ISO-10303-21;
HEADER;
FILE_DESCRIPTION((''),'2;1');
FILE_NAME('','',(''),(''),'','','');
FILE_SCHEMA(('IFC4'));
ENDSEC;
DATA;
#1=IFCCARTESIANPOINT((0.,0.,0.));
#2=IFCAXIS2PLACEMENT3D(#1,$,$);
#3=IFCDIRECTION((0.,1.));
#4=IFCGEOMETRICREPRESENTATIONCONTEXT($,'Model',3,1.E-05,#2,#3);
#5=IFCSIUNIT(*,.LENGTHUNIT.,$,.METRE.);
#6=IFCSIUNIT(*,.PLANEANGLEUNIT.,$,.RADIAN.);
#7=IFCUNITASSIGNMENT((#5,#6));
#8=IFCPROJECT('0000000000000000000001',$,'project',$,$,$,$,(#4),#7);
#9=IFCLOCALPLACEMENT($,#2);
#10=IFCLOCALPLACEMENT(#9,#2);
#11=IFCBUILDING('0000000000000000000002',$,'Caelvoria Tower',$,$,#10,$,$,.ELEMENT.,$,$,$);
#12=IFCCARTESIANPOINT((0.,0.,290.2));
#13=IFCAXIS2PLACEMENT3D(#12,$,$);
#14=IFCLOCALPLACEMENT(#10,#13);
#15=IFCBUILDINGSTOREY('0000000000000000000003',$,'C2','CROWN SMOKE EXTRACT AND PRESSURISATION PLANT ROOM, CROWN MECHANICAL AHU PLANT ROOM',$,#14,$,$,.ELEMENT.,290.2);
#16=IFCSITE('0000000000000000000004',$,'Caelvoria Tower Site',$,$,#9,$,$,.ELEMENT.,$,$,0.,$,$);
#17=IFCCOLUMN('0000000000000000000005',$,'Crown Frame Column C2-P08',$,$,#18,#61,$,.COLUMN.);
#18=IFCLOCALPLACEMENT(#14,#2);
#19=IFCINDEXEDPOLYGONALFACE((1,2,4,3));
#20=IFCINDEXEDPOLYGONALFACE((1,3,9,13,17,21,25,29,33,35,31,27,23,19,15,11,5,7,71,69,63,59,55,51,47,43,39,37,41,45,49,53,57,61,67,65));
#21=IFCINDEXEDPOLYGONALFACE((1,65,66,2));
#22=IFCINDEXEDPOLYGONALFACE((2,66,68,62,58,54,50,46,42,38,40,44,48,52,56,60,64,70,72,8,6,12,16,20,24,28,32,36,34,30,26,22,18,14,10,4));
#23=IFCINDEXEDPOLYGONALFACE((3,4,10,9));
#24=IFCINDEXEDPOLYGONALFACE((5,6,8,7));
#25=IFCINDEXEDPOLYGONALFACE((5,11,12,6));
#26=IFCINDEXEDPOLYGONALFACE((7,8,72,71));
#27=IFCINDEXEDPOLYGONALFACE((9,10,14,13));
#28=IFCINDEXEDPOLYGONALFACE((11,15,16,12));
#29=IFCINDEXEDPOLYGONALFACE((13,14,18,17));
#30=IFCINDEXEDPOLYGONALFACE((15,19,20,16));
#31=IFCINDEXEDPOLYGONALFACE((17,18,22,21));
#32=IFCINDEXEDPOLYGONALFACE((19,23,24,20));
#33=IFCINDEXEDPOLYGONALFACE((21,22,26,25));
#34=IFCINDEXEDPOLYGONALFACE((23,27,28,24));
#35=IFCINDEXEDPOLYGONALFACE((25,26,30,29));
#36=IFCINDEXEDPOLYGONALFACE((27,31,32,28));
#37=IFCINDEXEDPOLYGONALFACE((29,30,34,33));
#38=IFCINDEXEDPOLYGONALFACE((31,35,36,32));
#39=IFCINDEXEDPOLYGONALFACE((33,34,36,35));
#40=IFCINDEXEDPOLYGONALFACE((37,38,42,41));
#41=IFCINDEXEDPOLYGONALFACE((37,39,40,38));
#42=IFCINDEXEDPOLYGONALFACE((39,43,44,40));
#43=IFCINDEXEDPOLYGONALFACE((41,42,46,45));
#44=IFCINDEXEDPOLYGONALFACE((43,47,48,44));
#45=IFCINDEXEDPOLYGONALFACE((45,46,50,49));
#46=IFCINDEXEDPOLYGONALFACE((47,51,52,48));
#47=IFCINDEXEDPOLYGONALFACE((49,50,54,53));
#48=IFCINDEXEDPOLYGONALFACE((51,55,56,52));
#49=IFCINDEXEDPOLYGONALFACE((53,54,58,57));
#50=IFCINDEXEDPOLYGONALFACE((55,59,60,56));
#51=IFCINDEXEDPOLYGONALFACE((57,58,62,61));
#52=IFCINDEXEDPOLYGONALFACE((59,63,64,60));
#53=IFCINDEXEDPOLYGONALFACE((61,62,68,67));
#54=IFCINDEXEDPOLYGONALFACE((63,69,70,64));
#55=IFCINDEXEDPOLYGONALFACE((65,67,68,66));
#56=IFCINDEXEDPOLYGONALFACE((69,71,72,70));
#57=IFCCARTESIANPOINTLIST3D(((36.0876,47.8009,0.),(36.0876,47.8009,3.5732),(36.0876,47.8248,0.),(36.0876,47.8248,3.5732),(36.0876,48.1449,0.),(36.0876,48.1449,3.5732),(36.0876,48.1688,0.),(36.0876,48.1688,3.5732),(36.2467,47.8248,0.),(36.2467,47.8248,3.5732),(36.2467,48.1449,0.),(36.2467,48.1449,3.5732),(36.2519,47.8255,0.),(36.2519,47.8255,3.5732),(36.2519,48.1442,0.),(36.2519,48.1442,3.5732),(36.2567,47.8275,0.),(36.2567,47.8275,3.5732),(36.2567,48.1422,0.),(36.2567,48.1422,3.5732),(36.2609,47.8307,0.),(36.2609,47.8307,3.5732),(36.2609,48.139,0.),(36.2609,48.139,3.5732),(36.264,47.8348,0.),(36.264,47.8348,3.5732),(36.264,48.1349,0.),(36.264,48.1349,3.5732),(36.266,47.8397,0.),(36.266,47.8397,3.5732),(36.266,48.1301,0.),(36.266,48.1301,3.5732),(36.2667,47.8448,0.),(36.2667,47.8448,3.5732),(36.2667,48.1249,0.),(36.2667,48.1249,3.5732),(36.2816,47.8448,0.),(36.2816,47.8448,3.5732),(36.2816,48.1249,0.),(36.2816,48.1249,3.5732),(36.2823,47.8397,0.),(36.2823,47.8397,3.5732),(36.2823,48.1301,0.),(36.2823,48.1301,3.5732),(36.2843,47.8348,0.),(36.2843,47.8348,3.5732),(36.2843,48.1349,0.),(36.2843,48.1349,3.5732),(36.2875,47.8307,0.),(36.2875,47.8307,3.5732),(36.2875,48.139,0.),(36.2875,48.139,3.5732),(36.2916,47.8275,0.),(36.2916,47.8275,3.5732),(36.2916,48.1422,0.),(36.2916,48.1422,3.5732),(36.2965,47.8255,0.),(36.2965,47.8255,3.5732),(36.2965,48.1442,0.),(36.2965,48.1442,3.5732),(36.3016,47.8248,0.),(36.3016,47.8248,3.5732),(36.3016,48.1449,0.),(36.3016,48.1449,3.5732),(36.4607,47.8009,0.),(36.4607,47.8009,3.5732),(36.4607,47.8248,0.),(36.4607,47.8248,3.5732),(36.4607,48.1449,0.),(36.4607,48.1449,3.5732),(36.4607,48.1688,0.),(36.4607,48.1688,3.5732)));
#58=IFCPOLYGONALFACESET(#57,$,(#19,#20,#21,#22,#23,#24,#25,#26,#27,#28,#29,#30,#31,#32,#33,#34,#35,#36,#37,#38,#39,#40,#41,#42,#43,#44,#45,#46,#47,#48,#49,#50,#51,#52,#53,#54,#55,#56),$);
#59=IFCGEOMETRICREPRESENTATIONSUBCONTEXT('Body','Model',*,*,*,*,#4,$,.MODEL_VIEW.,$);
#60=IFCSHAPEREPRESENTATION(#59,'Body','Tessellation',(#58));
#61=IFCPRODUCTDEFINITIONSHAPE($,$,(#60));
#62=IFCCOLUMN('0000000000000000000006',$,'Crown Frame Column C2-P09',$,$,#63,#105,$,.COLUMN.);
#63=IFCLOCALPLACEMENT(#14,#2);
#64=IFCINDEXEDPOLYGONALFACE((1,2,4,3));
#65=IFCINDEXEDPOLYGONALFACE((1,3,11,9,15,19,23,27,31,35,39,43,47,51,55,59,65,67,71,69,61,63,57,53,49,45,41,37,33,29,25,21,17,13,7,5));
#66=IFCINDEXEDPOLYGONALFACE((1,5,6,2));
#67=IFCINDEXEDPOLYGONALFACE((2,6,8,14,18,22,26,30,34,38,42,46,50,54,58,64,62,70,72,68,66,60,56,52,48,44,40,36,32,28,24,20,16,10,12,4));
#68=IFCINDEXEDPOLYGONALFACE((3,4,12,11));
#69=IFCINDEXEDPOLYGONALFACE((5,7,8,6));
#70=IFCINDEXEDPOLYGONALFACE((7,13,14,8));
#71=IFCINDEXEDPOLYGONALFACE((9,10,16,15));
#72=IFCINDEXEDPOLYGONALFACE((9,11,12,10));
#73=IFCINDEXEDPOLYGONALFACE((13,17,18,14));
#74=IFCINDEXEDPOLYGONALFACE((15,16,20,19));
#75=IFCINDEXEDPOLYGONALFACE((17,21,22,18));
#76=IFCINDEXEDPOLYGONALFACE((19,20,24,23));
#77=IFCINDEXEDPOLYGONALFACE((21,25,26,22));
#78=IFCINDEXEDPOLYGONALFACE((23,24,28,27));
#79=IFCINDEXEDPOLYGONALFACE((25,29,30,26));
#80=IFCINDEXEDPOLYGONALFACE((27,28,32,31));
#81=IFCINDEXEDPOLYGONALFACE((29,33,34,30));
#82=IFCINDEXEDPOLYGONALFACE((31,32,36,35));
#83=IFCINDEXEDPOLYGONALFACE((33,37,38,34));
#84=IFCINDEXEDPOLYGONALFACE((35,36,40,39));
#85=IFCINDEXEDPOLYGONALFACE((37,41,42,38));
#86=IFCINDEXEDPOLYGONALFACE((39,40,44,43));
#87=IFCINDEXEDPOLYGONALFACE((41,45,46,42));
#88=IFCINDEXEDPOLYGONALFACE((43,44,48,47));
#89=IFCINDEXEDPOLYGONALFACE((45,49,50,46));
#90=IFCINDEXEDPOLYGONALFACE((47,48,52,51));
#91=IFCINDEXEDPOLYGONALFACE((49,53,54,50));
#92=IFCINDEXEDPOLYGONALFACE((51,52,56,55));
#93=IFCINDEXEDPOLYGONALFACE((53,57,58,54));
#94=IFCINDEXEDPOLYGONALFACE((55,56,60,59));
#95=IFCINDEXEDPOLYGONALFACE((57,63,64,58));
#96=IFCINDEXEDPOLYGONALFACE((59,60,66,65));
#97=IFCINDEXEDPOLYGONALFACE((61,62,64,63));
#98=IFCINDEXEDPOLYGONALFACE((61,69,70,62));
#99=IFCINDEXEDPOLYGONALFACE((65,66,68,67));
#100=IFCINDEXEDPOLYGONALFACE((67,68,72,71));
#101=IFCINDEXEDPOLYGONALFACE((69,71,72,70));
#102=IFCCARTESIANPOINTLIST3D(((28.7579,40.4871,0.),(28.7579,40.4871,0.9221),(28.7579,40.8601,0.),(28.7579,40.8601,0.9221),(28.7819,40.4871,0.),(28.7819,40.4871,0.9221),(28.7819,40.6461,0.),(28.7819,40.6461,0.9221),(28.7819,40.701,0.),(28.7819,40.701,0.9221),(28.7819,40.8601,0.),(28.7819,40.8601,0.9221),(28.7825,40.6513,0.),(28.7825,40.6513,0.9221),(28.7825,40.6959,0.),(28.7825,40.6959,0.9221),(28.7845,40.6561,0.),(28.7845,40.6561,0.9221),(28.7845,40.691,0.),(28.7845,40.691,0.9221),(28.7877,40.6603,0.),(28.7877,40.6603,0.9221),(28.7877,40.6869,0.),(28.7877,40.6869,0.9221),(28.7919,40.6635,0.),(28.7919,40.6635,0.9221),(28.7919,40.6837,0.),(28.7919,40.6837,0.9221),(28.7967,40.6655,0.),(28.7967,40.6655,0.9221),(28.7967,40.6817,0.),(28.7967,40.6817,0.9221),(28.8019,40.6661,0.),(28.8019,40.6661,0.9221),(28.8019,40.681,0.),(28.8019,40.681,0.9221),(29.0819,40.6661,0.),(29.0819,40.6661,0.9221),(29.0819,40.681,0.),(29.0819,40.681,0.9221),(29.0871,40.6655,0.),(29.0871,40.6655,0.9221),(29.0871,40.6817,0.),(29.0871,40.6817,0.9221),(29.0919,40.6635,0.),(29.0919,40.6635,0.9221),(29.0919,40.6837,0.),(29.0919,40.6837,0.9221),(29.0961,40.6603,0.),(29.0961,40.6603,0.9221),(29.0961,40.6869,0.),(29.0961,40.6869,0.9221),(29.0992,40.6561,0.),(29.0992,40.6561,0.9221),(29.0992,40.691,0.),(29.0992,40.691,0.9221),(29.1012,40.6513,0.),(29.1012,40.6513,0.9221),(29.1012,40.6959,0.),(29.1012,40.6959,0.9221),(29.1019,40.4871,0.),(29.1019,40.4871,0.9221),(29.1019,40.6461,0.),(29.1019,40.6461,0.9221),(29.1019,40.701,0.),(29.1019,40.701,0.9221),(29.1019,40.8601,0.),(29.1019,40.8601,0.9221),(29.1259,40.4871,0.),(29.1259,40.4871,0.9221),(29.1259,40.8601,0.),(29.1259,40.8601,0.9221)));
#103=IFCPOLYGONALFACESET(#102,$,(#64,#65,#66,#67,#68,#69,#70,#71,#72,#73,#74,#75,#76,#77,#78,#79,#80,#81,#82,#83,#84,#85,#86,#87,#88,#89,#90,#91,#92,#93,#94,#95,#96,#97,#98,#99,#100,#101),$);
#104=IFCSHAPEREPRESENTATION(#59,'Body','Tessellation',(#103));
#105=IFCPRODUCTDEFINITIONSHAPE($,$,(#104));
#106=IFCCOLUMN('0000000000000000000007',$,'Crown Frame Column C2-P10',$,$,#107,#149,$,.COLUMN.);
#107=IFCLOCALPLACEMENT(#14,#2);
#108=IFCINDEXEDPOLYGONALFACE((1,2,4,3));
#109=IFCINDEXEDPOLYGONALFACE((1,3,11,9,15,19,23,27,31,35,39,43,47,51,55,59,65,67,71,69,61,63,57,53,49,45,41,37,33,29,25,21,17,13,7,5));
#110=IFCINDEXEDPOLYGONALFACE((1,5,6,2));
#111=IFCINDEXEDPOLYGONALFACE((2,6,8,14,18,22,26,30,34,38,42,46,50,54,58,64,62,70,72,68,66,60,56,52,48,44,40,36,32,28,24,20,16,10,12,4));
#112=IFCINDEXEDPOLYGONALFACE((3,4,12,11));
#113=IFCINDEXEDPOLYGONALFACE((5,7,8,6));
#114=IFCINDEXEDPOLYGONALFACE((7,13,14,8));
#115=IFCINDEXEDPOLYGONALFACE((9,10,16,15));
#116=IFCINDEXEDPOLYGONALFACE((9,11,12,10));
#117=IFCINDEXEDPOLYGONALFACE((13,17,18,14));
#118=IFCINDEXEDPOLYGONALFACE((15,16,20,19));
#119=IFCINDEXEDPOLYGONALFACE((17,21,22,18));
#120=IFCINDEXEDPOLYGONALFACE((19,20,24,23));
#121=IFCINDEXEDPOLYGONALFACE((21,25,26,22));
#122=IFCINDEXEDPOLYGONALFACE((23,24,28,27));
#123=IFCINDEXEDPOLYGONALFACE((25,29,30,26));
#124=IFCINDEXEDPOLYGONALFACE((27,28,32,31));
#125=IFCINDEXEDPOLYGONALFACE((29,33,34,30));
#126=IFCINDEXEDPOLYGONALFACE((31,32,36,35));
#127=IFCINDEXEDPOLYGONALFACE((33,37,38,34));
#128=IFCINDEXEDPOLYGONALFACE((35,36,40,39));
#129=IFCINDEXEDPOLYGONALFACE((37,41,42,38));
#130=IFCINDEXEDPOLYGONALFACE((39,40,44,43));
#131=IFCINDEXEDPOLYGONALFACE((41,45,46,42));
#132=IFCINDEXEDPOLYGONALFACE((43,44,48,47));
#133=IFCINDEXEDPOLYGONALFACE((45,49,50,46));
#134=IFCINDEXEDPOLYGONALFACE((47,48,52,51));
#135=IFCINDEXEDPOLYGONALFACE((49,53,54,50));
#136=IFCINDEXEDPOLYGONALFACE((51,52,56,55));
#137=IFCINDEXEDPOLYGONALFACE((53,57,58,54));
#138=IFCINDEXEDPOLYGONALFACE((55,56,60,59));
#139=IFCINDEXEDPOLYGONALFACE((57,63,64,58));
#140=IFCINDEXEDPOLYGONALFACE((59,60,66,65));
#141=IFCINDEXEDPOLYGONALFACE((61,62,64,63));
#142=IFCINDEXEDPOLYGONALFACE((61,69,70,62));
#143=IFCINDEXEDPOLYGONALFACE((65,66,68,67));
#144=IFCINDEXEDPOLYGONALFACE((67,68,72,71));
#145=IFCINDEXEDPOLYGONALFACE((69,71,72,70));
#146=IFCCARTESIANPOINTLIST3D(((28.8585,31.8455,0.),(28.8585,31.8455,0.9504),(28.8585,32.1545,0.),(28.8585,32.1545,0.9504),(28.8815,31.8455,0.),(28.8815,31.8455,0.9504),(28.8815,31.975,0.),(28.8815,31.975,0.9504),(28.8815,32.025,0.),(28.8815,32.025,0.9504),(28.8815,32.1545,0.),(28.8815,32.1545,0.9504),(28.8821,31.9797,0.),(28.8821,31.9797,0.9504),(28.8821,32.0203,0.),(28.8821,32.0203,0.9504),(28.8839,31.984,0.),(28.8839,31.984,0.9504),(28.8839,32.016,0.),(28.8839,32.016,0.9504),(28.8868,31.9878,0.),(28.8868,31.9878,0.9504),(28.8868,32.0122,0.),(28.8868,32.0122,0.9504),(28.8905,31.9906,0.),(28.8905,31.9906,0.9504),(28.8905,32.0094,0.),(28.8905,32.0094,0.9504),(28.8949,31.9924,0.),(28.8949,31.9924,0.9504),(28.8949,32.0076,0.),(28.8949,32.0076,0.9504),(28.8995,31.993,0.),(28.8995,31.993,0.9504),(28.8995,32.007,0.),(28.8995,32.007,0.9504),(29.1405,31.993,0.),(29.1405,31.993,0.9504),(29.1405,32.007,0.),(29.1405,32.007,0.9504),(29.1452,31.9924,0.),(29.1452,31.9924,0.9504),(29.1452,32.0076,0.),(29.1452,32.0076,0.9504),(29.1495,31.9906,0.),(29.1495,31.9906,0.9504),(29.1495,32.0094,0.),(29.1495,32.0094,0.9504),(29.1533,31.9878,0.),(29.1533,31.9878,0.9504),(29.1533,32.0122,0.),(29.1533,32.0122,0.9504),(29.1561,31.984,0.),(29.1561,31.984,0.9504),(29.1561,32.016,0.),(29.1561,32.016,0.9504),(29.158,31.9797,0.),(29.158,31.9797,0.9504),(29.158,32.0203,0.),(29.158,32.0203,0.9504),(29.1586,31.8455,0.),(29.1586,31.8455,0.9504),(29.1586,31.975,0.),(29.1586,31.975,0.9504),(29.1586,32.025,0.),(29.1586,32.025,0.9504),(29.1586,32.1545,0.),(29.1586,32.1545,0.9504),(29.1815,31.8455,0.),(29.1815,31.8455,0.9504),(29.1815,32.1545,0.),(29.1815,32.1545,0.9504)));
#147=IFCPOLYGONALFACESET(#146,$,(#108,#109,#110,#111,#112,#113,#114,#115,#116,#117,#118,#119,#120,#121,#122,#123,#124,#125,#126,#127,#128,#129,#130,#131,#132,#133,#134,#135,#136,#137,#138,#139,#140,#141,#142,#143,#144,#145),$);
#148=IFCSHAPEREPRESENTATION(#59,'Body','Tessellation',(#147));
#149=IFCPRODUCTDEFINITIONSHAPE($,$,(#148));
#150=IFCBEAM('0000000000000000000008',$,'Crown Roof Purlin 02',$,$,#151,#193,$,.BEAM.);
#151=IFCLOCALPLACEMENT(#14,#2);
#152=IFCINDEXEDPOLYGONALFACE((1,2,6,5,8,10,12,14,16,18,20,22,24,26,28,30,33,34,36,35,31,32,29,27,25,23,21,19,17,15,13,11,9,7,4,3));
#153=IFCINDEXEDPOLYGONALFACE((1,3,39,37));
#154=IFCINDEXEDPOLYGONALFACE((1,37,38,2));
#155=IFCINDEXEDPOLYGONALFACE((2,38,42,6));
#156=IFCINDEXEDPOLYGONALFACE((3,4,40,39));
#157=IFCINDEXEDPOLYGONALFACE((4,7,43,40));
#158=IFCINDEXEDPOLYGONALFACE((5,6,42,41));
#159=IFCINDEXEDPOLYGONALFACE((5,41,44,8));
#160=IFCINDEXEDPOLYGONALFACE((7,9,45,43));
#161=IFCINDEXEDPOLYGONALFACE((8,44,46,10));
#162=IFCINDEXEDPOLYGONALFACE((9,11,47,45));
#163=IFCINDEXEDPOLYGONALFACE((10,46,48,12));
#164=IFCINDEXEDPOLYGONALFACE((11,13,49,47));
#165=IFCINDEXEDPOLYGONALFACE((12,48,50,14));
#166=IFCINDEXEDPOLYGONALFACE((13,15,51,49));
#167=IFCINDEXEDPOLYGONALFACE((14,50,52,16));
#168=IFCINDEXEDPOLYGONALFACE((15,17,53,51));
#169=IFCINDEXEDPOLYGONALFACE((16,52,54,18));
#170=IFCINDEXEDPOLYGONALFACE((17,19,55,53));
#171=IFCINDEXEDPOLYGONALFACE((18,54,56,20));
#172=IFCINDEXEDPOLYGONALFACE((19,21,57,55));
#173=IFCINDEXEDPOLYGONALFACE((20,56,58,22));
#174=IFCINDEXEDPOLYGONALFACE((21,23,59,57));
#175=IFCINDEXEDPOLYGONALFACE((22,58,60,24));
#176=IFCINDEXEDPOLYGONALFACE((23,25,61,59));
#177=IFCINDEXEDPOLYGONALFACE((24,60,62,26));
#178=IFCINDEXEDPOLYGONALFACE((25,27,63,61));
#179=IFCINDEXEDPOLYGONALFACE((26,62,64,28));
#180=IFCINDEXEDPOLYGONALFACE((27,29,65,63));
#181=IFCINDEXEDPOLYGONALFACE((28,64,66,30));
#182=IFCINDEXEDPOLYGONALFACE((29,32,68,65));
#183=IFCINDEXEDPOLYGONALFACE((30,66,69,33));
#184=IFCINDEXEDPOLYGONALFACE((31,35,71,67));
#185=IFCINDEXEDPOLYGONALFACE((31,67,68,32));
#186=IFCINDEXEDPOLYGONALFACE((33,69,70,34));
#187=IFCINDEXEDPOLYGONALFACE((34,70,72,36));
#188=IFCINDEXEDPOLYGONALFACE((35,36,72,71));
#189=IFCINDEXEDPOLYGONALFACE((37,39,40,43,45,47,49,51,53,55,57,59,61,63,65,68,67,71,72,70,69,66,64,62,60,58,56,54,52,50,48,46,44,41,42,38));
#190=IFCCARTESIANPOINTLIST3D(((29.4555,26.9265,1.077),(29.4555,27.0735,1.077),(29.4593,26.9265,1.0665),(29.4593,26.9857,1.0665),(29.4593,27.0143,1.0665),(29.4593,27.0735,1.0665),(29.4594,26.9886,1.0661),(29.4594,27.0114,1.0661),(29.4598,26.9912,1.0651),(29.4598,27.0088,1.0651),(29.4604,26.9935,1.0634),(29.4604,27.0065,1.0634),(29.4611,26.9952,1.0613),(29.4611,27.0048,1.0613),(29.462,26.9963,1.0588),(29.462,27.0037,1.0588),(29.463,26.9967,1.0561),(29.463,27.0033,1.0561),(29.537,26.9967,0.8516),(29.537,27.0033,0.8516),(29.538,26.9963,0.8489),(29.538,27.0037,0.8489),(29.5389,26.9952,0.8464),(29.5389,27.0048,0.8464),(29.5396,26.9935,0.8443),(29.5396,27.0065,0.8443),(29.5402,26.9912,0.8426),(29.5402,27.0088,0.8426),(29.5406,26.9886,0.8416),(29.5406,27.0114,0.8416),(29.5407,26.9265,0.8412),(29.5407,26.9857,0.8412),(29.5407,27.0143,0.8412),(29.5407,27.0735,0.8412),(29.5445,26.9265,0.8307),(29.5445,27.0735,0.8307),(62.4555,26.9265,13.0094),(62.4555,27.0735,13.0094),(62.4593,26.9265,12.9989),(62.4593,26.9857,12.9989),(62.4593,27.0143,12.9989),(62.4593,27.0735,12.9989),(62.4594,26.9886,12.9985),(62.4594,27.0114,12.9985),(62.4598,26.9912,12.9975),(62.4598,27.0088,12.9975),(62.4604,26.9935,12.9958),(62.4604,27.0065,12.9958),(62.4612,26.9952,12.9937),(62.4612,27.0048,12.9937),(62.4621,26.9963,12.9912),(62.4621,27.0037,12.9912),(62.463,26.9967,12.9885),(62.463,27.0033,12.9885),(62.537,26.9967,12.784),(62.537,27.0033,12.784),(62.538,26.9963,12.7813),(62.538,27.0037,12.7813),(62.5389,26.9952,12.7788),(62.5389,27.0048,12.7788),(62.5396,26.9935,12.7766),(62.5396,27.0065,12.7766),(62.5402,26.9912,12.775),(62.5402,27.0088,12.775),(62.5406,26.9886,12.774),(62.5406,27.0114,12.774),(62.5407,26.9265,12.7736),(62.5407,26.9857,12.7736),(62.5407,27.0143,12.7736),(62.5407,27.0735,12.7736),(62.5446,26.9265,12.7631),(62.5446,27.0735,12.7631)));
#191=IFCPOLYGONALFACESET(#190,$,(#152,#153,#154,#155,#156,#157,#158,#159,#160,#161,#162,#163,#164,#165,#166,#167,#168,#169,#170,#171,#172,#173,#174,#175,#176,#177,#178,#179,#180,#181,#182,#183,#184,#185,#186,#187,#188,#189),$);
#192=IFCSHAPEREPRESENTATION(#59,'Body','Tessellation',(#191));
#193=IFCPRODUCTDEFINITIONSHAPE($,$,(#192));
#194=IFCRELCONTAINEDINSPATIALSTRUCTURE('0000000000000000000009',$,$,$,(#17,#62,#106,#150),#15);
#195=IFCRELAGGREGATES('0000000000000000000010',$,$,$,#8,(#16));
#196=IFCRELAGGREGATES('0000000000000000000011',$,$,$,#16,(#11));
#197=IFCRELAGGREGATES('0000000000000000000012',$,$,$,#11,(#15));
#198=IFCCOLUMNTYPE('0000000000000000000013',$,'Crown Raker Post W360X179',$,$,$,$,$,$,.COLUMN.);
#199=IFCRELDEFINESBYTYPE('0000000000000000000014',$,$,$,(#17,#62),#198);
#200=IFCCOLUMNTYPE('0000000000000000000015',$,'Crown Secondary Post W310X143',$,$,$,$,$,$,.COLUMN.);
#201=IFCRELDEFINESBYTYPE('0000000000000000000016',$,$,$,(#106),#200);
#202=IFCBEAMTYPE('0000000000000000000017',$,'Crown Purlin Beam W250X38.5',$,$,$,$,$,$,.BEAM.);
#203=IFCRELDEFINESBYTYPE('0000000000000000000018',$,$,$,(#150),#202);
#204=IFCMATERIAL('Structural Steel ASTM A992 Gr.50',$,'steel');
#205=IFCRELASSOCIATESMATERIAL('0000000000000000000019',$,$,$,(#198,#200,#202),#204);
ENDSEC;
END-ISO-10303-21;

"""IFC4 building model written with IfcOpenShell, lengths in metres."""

from ifc_helpers import new_model, si_unit, direction, frame, origin, origin_2d, place, context, subcontext, project, spatial, i_section, extrude, material, material_profile, profile_set, type_object, element, save


model = new_model("IFC4")

# Units and contexts
model_context = context("Model", 3, precision=1e-05, world=origin(), true_north=direction((0.0, 1.0)))
body_context = subcontext(model_context, "Body", "Model", "MODEL_VIEW")
ifc_project = project(units=[si_unit("LENGTHUNIT", "METRE"), si_unit("PLANEANGLEUNIT", "RADIAN")], contexts=[model_context])

# Site, building, storey
site_placement = place(None, origin())
site = spatial("IfcSite", under=ifc_project, at=site_placement, Name="Caelvoria Tower Site", CompositionType="ELEMENT", RefElevation=0.0)
building_placement = place(site_placement, origin())
building = spatial("IfcBuilding", under=site, at=building_placement, Name="Caelvoria Tower", CompositionType="ELEMENT")
storey_placement = place(building_placement, frame((0.0, 0.0, 290.2)))
storey = spatial("IfcBuildingStorey", under=building, at=storey_placement, Name="C2", Description="CROWN SMOKE EXTRACT AND PRESSURISATION PLANT ROOM, CROWN MECHANICAL AHU PLANT ROOM", CompositionType="ELEMENT", Elevation=290.2)

# Columns
ifc_material_1 = material(Name="Structural Steel ASTM A992 Gr.50", Category="steel")
ifc_material_profile_1 = material_profile(ifc_material_1, i_section(OverallWidth=0.373, OverallDepth=0.3679, WebThickness=0.0149, FlangeThickness=0.0239, FilletRadius=0.02, at=origin_2d()), Name="Structural Steel ASTM A992 Gr.50")
ifc_profile_set_1 = profile_set([ifc_material_profile_1], Name="W360X179 - Structural Steel ASTM A992 Gr.50")
column_type_1 = type_object("IfcColumnType", Name="Crown Raker Post W360X179", PredefinedType="COLUMN", material=ifc_profile_set_1)
column_1_placement = place(storey_placement, frame((36.2742, 47.9849, 0.0), z_axis=(0.0, 0.0, 1.0), x_axis=(1.0, 0.0, 0.0)))
element("IfcColumn", 1, at=column_1_placement, inside=storey, type_object=column_type_1, Name="Crown Frame Column C2-P08", PredefinedType="COLUMN", context=body_context, shape_type="SweptSolid", body=[
    extrude(i_section(OverallWidth=0.373, OverallDepth=0.3679, WebThickness=0.0149, FlangeThickness=0.0239, FilletRadius=0.02, at=origin_2d()), origin(), (0.0, 0.0, 1.0), 3.5732),
])
column_2_placement = place(storey_placement, frame((28.9419, 40.6736, 0.0), z_axis=(0.0, 0.0, 1.0), x_axis=(0.0, 1.0, 0.0)))
element("IfcColumn", 2, at=column_2_placement, inside=storey, type_object=column_type_1, Name="Crown Frame Column C2-P09", PredefinedType="COLUMN", context=body_context, shape_type="SweptSolid", body=[
    extrude(i_section(OverallWidth=0.373, OverallDepth=0.3679, WebThickness=0.0149, FlangeThickness=0.0239, FilletRadius=0.02, at=origin_2d()), origin(), (0.0, 0.0, 1.0), 0.9221),
])
ifc_material_profile_2 = material_profile(ifc_material_1, i_section(OverallWidth=0.3091, OverallDepth=0.323, WebThickness=0.0139, FlangeThickness=0.0229, FilletRadius=0.0181, at=origin_2d()), Name="Structural Steel ASTM A992 Gr.50")
ifc_profile_set_2 = profile_set([ifc_material_profile_2], Name="W310X143 - Structural Steel ASTM A992 Gr.50")
column_type_2 = type_object("IfcColumnType", Name="Crown Secondary Post W310X143", PredefinedType="COLUMN", material=ifc_profile_set_2)
column_3_placement = place(storey_placement, frame((29.02, 32.0, 0.0), z_axis=(0.0, 0.0, 1.0), x_axis=(0.0, 1.0, 0.0)))
element("IfcColumn", 3, at=column_3_placement, inside=storey, type_object=column_type_2, Name="Crown Frame Column C2-P10", PredefinedType="COLUMN", context=body_context, shape_type="SweptSolid", body=[
    extrude(i_section(OverallWidth=0.3091, OverallDepth=0.323, WebThickness=0.0139, FlangeThickness=0.0229, FilletRadius=0.0181, at=origin_2d()), origin(), (0.0, 0.0, 1.0), 0.9504),
])

# Beam
ifc_material_profile_3 = material_profile(ifc_material_1, i_section(OverallWidth=0.147, OverallDepth=0.262, WebThickness=0.0066, FlangeThickness=0.0112, FilletRadius=0.011, at=origin_2d()), Name="Structural Steel ASTM A992 Gr.50")
ifc_profile_set_3 = profile_set([ifc_material_profile_3], Name="W250X38.5 - Structural Steel ASTM A992 Gr.50")
beam_type_1 = type_object("IfcBeamType", Name="Crown Purlin Beam W250X38.5", PredefinedType="BEAM", material=ifc_profile_set_3)
for number, where, z_axis, x_axis, name in (
    (4, (29.5, 27.0, 0.9539), (0.940411, 0.0, 0.34004), (0.0, 1.0, 0.0), "Crown Roof Purlin 02"),
):
    element("IfcBeam", number, at=place(storey_placement, frame(where, z_axis=z_axis, x_axis=x_axis)), inside=storey, type_object=beam_type_1, Name=name, PredefinedType="BEAM", context=body_context, shape_type="SweptSolid", body=[
        extrude(i_section(OverallWidth=0.147, OverallDepth=0.262, WebThickness=0.0066, FlangeThickness=0.0112, FilletRadius=0.011, at=origin_2d()), origin(), (0.0, 0.0, 1.0), 35.0911),
    ])

save(model, "model.ifc")
